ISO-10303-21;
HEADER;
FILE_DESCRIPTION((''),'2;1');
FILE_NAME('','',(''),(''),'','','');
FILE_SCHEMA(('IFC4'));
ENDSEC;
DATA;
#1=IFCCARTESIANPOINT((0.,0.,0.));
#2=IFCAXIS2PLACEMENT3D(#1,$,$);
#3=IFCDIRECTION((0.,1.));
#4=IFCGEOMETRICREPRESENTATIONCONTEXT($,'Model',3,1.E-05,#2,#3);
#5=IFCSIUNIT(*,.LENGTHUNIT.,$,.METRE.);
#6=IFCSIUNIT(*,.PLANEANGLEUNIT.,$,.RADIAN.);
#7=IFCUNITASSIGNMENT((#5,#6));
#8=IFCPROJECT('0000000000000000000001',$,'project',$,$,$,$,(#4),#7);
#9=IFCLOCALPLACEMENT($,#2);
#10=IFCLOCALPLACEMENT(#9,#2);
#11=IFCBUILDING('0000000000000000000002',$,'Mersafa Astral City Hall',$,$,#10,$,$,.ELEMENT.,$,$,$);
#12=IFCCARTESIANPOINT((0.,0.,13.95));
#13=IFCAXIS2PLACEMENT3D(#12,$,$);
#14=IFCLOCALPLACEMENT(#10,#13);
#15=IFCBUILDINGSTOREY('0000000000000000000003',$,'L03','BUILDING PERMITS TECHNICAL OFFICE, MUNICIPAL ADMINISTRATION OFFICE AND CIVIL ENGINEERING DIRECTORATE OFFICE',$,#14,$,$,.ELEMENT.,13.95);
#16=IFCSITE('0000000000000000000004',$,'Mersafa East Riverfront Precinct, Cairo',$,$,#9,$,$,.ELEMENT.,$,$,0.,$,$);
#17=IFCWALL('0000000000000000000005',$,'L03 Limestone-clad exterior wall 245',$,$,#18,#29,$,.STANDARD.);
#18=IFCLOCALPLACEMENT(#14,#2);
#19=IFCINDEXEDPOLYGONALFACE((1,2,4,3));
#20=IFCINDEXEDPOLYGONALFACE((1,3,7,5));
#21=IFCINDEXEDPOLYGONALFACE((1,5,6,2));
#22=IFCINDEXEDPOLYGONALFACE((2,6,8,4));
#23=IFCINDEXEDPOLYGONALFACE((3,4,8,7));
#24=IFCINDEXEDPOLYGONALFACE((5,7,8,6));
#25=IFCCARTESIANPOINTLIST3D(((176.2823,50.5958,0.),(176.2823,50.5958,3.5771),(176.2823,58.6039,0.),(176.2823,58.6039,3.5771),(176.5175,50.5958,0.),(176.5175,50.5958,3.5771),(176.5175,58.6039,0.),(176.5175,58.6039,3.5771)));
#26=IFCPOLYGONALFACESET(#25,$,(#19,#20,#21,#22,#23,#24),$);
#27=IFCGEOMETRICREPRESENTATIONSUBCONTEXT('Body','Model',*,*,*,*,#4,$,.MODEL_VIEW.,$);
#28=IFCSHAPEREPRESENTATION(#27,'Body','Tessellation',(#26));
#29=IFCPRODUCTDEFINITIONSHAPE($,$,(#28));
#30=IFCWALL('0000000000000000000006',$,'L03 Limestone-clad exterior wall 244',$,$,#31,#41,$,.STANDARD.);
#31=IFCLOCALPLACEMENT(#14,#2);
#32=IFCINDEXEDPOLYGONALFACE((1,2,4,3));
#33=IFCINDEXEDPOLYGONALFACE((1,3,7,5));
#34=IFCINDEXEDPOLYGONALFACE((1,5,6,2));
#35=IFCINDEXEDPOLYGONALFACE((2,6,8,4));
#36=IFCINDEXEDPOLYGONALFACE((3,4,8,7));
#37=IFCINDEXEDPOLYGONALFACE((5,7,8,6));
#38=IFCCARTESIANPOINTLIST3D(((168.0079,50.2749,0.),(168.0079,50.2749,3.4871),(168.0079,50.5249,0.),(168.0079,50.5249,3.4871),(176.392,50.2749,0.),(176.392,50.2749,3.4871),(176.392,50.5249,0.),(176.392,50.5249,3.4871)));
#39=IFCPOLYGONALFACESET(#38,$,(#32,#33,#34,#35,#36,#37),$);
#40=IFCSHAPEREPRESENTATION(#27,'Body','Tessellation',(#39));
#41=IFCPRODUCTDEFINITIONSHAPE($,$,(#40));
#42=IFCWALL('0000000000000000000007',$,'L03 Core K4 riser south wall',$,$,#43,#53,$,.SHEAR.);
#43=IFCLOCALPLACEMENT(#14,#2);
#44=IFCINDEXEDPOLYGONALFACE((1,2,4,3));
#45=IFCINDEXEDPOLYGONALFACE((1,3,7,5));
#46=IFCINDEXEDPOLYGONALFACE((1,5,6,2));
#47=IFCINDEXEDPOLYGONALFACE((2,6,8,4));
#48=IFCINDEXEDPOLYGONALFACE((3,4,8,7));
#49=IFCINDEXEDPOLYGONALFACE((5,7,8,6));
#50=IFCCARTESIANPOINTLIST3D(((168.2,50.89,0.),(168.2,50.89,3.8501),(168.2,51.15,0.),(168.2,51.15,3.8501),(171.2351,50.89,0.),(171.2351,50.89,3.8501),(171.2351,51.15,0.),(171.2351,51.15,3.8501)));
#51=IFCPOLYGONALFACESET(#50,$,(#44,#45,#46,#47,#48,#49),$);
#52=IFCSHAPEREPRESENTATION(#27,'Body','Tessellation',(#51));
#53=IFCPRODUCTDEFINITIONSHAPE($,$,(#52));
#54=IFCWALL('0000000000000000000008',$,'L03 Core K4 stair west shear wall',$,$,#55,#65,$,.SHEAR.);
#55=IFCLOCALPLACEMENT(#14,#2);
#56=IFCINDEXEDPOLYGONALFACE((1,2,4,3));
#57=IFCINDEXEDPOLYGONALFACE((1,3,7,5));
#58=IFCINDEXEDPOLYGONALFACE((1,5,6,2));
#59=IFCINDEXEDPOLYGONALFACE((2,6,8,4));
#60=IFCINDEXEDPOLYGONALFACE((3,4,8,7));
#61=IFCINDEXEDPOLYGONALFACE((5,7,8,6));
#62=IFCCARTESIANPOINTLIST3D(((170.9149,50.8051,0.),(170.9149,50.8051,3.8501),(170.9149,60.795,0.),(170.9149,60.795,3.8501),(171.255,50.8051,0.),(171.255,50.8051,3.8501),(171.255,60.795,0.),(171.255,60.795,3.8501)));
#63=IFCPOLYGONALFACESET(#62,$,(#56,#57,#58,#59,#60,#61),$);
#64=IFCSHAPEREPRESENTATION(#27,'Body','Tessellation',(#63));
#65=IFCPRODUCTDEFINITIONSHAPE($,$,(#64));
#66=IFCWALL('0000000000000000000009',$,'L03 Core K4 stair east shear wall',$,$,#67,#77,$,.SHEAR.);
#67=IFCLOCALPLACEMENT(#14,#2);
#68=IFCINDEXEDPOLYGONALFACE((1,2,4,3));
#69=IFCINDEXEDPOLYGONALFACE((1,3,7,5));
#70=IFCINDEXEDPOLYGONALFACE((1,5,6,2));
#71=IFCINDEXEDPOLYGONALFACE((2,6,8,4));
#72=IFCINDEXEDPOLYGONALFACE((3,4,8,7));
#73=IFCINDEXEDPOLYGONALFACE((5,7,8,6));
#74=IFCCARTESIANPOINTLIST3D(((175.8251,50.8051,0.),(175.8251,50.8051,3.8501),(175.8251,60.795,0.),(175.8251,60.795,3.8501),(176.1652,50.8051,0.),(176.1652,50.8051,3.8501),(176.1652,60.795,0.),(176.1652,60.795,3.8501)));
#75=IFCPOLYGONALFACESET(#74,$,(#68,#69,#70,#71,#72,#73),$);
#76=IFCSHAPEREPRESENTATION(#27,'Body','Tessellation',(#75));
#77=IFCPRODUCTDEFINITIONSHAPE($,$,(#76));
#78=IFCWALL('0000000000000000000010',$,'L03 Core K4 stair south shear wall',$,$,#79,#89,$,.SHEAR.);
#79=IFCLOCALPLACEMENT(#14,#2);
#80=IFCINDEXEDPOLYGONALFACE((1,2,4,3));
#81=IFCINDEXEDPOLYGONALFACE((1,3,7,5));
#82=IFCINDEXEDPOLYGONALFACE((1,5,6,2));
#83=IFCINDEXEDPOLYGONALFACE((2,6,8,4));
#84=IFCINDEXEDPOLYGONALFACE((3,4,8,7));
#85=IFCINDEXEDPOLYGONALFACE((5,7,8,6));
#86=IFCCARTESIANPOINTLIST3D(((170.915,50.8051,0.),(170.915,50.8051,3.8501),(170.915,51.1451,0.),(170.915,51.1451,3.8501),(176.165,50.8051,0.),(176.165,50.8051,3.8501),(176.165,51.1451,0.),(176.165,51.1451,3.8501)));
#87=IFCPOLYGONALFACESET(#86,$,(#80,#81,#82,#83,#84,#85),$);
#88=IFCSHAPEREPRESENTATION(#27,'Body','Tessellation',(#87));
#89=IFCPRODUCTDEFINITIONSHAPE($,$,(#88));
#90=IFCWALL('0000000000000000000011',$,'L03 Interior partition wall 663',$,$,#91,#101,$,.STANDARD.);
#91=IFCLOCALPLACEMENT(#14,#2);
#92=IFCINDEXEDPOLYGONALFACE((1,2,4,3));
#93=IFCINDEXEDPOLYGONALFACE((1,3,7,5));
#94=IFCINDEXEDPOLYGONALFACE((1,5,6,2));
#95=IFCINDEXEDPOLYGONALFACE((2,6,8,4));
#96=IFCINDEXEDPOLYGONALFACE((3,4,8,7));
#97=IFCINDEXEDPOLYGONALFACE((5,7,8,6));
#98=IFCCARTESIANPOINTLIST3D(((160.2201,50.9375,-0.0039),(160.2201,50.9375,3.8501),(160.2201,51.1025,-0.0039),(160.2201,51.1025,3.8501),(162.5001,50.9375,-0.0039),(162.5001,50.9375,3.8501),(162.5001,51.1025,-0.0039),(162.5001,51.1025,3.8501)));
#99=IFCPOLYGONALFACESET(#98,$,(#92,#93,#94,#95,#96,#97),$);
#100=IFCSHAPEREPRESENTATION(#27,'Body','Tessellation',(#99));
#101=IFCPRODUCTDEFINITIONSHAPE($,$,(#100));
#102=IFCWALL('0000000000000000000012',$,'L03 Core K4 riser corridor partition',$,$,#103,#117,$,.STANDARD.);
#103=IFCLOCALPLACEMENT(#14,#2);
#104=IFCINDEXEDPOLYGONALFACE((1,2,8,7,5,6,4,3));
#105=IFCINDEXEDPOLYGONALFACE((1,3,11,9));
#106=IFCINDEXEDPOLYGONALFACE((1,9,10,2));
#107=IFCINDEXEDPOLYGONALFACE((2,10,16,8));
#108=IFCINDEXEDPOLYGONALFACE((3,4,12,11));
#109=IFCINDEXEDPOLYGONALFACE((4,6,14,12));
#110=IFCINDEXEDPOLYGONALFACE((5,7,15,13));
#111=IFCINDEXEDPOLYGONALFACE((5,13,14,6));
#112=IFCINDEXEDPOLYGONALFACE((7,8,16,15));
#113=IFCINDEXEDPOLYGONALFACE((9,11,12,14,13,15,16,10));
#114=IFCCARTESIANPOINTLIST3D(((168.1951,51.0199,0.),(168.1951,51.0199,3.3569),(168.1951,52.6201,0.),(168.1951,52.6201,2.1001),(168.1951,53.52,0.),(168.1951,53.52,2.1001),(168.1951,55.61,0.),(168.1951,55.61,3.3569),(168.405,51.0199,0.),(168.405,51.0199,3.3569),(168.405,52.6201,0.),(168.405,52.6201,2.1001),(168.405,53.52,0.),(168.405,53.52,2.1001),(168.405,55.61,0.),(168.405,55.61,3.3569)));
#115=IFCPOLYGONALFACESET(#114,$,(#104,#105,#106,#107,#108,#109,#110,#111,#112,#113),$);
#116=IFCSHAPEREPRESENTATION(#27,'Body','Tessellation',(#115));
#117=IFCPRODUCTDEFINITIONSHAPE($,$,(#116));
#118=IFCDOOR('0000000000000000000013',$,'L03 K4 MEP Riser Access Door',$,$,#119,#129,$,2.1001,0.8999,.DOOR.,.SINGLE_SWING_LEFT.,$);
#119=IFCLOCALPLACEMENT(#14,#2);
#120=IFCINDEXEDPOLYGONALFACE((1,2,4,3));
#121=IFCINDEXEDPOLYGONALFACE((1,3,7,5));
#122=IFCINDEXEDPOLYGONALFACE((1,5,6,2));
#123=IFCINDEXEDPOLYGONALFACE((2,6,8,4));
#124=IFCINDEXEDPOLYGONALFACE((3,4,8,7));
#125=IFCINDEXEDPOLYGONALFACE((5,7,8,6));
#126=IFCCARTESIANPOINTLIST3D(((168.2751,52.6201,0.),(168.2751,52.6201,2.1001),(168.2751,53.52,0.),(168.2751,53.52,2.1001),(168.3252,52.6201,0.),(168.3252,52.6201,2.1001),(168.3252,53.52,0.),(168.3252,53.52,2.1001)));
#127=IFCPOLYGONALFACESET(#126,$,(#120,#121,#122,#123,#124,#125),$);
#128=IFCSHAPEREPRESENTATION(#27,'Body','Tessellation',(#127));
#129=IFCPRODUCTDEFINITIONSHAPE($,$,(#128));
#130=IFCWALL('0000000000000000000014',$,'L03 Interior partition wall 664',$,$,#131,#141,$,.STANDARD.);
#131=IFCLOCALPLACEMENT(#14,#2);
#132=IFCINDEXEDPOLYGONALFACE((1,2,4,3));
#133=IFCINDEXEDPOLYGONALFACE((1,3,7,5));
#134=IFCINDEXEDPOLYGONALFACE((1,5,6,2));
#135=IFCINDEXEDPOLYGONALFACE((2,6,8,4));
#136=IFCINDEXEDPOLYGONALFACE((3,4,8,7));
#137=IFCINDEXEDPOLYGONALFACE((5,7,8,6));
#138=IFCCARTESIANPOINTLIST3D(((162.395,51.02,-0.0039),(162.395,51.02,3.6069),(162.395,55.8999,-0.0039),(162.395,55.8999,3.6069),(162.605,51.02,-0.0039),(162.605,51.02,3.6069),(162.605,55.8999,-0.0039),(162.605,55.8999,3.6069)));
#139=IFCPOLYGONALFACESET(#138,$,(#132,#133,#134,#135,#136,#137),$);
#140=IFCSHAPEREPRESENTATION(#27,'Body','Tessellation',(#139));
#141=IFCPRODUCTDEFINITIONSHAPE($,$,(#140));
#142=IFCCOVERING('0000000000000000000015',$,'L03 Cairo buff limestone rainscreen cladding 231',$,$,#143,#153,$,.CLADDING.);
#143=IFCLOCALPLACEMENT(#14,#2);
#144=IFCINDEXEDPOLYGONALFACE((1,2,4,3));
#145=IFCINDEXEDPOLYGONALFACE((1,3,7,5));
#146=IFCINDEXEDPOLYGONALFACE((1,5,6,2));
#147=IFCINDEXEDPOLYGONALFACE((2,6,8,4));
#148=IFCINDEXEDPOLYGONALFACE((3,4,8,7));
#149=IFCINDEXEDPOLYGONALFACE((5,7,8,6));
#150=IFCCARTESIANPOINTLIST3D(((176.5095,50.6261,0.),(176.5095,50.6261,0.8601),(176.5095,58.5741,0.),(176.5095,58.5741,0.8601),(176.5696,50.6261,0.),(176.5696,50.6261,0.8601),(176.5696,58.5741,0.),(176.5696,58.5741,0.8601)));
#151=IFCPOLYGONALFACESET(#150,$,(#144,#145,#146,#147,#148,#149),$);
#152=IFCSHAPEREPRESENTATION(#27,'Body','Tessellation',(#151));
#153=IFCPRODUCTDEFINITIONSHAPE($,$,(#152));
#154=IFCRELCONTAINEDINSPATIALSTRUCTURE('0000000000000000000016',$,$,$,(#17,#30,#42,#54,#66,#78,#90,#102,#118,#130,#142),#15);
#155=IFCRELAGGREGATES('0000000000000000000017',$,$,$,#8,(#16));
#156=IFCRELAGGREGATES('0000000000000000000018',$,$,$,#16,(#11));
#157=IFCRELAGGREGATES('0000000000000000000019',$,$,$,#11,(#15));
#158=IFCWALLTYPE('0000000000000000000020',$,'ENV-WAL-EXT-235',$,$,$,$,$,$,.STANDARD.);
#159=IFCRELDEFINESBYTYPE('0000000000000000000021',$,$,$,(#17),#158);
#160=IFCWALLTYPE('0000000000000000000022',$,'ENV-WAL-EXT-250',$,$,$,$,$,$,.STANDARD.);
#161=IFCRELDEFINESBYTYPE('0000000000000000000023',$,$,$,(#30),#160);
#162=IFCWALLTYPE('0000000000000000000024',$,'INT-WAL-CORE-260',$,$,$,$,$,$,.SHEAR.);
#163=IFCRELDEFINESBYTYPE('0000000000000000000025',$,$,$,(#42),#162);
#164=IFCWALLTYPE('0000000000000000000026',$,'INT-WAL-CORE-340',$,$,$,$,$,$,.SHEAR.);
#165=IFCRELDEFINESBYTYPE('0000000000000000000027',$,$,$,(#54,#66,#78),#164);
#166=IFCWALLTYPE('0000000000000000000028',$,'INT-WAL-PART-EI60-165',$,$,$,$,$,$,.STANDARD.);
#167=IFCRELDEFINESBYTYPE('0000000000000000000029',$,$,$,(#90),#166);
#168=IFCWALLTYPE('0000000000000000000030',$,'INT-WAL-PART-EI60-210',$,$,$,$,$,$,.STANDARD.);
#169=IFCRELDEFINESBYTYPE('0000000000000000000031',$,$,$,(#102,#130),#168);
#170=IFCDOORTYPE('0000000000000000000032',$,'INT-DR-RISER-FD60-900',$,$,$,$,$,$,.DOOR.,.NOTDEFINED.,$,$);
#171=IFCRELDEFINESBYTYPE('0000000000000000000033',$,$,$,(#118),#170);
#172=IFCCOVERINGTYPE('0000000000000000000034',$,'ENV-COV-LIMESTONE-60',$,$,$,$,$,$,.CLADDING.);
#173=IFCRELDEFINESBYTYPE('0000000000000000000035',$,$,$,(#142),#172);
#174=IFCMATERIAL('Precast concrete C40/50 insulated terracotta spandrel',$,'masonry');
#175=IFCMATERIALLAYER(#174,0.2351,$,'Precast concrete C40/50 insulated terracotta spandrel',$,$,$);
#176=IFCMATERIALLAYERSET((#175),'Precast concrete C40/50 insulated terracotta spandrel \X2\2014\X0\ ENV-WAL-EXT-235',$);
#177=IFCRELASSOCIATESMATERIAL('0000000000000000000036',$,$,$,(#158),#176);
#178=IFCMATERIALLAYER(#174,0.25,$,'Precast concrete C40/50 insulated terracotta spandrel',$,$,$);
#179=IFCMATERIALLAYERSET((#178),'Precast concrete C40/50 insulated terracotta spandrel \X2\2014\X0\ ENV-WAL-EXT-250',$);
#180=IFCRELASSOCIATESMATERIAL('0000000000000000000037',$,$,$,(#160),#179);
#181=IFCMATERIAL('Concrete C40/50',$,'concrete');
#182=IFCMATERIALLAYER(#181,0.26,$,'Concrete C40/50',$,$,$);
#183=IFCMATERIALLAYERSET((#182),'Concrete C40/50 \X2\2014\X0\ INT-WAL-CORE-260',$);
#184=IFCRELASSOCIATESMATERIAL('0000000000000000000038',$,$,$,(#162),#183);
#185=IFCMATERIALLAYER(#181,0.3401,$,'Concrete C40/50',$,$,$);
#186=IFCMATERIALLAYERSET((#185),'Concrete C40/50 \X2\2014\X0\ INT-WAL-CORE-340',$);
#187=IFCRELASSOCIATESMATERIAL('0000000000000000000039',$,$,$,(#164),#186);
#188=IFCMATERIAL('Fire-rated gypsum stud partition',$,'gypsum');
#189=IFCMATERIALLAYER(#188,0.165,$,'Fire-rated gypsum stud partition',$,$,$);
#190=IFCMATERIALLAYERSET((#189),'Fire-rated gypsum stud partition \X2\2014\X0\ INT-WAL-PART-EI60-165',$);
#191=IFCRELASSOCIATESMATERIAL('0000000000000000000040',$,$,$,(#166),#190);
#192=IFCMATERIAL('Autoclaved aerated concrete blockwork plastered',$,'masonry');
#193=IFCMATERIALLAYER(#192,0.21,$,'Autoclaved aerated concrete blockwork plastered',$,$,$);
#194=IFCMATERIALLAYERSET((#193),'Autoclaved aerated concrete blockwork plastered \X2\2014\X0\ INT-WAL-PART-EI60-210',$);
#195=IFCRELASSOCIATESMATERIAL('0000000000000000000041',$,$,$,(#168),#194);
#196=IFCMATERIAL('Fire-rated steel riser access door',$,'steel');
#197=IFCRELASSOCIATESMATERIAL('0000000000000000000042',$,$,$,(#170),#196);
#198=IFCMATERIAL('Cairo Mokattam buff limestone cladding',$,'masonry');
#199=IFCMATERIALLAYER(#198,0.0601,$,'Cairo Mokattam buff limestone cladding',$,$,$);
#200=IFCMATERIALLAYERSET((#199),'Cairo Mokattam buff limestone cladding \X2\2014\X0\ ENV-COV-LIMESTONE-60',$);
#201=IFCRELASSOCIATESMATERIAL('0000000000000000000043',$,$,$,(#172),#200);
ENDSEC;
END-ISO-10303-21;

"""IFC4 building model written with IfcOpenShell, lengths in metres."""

from ifc_helpers import new_model, si_unit, direction, frame, frame_2d, origin, origin_2d, place, context, subcontext, project, spatial, rectangle, extrude, material, layer, layer_set, type_object, element, fill, save


model = new_model("IFC4")

# Units and contexts
model_context = context("Model", 3, precision=1e-05, world=origin(), true_north=direction((0.0, 1.0)))
body_context = subcontext(model_context, "Body", "Model", "MODEL_VIEW")
ifc_project = project(units=[si_unit("LENGTHUNIT", "METRE"), si_unit("PLANEANGLEUNIT", "RADIAN")], contexts=[model_context])

# Site, building, storey
site_placement = place(None, origin())
site = spatial("IfcSite", under=ifc_project, at=site_placement, Name="Mersafa East Riverfront Precinct, Cairo", CompositionType="ELEMENT", RefElevation=0.0)
building_placement = place(site_placement, origin())
building = spatial("IfcBuilding", under=site, at=building_placement, Name="Mersafa Astral City Hall", CompositionType="ELEMENT")
storey_placement = place(building_placement, frame((0.0, 0.0, 13.95)))
storey = spatial("IfcBuildingStorey", under=building, at=storey_placement, Name="L03", Description="BUILDING PERMITS TECHNICAL OFFICE, MUNICIPAL ADMINISTRATION OFFICE AND CIVIL ENGINEERING DIRECTORATE OFFICE", CompositionType="ELEMENT", Elevation=13.95)

# Walls
ifc_material_1 = material(Name="Precast concrete C40/50 insulated terracotta spandrel", Category="masonry")
ifc_layer_1 = layer(ifc_material_1, 0.2351, Name="Precast concrete C40/50 insulated terracotta spandrel")
ifc_layer_set_1 = layer_set([ifc_layer_1], Name="Precast concrete C40/50 insulated terracotta spandrel — ENV-WAL-EXT-235")
wall_type_1 = type_object("IfcWallType", Name="ENV-WAL-EXT-235", PredefinedType="STANDARD", material=ifc_layer_set_1)
wall_1_placement = place(storey_placement, frame((176.3999, 50.5959, 0.0), z_axis=(0.0, 0.0, 1.0), x_axis=(0.0, 1.0, 0.0)))
element("IfcWall", 1, at=wall_1_placement, inside=storey, type_object=wall_type_1, Name="L03 Limestone-clad exterior wall 245", PredefinedType="STANDARD", context=body_context, shape_type="SweptSolid", body=[
    extrude(rectangle(XDim=8.0081, YDim=0.2351, at=frame_2d((4.0039, 0.0))), origin(), (0.0, 0.0, 1.0), 3.5771),
])
ifc_layer_2 = layer(ifc_material_1, 0.25, Name="Precast concrete C40/50 insulated terracotta spandrel")
ifc_layer_set_2 = layer_set([ifc_layer_2], Name="Precast concrete C40/50 insulated terracotta spandrel — ENV-WAL-EXT-250")
wall_type_2 = type_object("IfcWallType", Name="ENV-WAL-EXT-250", PredefinedType="STANDARD", material=ifc_layer_set_2)
wall_2_placement = place(storey_placement, frame((168.0081, 50.3999, 0.0), z_axis=(0.0, 0.0, 1.0), x_axis=(1.0, 0.0, 0.0)))
element("IfcWall", 2, at=wall_2_placement, inside=storey, type_object=wall_type_2, Name="L03 Limestone-clad exterior wall 244", PredefinedType="STANDARD", context=body_context, shape_type="SweptSolid", body=[
    extrude(rectangle(XDim=8.384, YDim=0.25, at=frame_2d((4.1919, 0.0))), origin(), (0.0, 0.0, 1.0), 3.4871),
])
ifc_material_2 = material(Name="Concrete C40/50", Category="concrete")
ifc_layer_3 = layer(ifc_material_2, 0.26, Name="Concrete C40/50")
ifc_layer_set_3 = layer_set([ifc_layer_3], Name="Concrete C40/50 — INT-WAL-CORE-260")
wall_type_3 = type_object("IfcWallType", Name="INT-WAL-CORE-260", PredefinedType="SHEAR", material=ifc_layer_set_3)
wall_3_placement = place(storey_placement, frame((168.2, 51.02, 0.0), z_axis=(0.0, 0.0, 1.0), x_axis=(1.0, 0.0, 0.0)))
element("IfcWall", 3, at=wall_3_placement, inside=storey, type_object=wall_type_3, Name="L03 Core K4 riser south wall", PredefinedType="SHEAR", context=body_context, shape_type="SweptSolid", body=[
    extrude(rectangle(XDim=3.0352, YDim=0.26, at=frame_2d((1.5176, 0.0))), origin(), (0.0, 0.0, 1.0), 3.8501),
])
ifc_layer_4 = layer(ifc_material_2, 0.3401, Name="Concrete C40/50")
ifc_layer_set_4 = layer_set([ifc_layer_4], Name="Concrete C40/50 — INT-WAL-CORE-340")
wall_type_4 = type_object("IfcWallType", Name="INT-WAL-CORE-340", PredefinedType="SHEAR", material=ifc_layer_set_4)
for number, where, z_axis, x_axis, name in (
    (4, (171.085, 50.8049, 0.0), (0.0, 0.0, 1.0), (0.0, 1.0, 0.0), "L03 Core K4 stair west shear wall"),
    (5, (175.9951, 50.8049, 0.0), (0.0, 0.0, 1.0), (0.0, 1.0, 0.0), "L03 Core K4 stair east shear wall"),
):
    element("IfcWall", number, at=place(storey_placement, frame(where, z_axis=z_axis, x_axis=x_axis)), inside=storey, type_object=wall_type_4, Name=name, PredefinedType="SHEAR", context=body_context, shape_type="SweptSolid", body=[
        extrude(rectangle(XDim=9.99, YDim=0.3401, at=frame_2d((4.9951, 0.0))), origin(), (0.0, 0.0, 1.0), 3.8501),
    ])
wall_4_placement = place(storey_placement, frame((170.915, 50.9751, 0.0), z_axis=(0.0, 0.0, 1.0), x_axis=(1.0, 0.0, 0.0)))
element("IfcWall", 6, at=wall_4_placement, inside=storey, type_object=wall_type_4, Name="L03 Core K4 stair south shear wall", PredefinedType="SHEAR", context=body_context, shape_type="SweptSolid", body=[
    extrude(rectangle(XDim=5.25, YDim=0.3401, at=frame_2d((2.625, 0.0))), origin(), (0.0, 0.0, 1.0), 3.8501),
])
ifc_material_3 = material(Name="Fire-rated gypsum stud partition", Category="gypsum")
ifc_layer_5 = layer(ifc_material_3, 0.165, Name="Fire-rated gypsum stud partition")
ifc_layer_set_5 = layer_set([ifc_layer_5], Name="Fire-rated gypsum stud partition — INT-WAL-PART-EI60-165")
wall_type_5 = type_object("IfcWallType", Name="INT-WAL-PART-EI60-165", PredefinedType="STANDARD", material=ifc_layer_set_5)
wall_5_placement = place(storey_placement, frame((160.22, 51.02, -0.0039), z_axis=(0.0, 0.0, 1.0), x_axis=(1.0, 0.0, 0.0)))
element("IfcWall", 7, at=wall_5_placement, inside=storey, type_object=wall_type_5, Name="L03 Interior partition wall 663", PredefinedType="STANDARD", context=body_context, shape_type="SweptSolid", body=[
    extrude(rectangle(XDim=2.28, YDim=0.165, at=frame_2d((1.1401, 0.0))), origin(), (0.0, 0.0, 1.0), 3.854),
])

# Wall, opening, door
ifc_material_4 = material(Name="Autoclaved aerated concrete blockwork plastered", Category="masonry")
ifc_layer_6 = layer(ifc_material_4, 0.21, Name="Autoclaved aerated concrete blockwork plastered")
ifc_layer_set_6 = layer_set([ifc_layer_6], Name="Autoclaved aerated concrete blockwork plastered — INT-WAL-PART-EI60-210")
wall_type_6 = type_object("IfcWallType", Name="INT-WAL-PART-EI60-210", PredefinedType="STANDARD", material=ifc_layer_set_6)
wall_6_placement = place(storey_placement, frame((168.3, 51.02, 0.0), z_axis=(0.0, 0.0, 1.0), x_axis=(0.0, 1.0, 0.0)))
wall_6 = element("IfcWall", 8, at=wall_6_placement, inside=storey, type_object=wall_type_6, Name="L03 Core K4 riser corridor partition", PredefinedType="STANDARD", context=body_context, shape_type="SweptSolid", body=[
    extrude(rectangle(XDim=4.5901, YDim=0.21, at=frame_2d((2.2949, 0.0))), origin(), (0.0, 0.0, 1.0), 3.3569),
])
opening_placement = place(wall_6_placement, frame((1.6001, 0.0, 0.0)))
opening = element("IfcOpeningElement", 9, at=opening_placement, cuts=wall_6, PredefinedType="OPENING", context=body_context, shape_type="SweptSolid", body=[
    extrude(rectangle(XDim=0.8999, YDim=2.1001, at=frame_2d((0.45, 1.05))), frame((0.0, 0.115, 0.0), z_axis=(0.0, -1.0, 0.0), x_axis=(1.0, 0.0, 0.0)), (0.0, 0.0, 1.0), 0.23),
])
ifc_material_5 = material(Name="Fire-rated steel riser access door", Category="steel")
door_type = type_object("IfcDoorType", Name="INT-DR-RISER-FD60-900", OperationType="NOTDEFINED", PredefinedType="DOOR", material=ifc_material_5)
door_placement = place(opening_placement, origin())
door = element("IfcDoor", 10, at=door_placement, inside=storey, type_object=door_type, Name="L03 K4 MEP Riser Access Door", OperationType="SINGLE_SWING_LEFT", OverallHeight=2.1001, OverallWidth=0.8999, PredefinedType="DOOR", context=body_context, shape_type="SweptSolid", body=[
    extrude(rectangle(XDim=0.8999, YDim=2.1001, at=frame_2d((0.45, 1.05))), frame((0.0, 0.0249, 0.0), z_axis=(0.0, -1.0, 0.0), x_axis=(1.0, 0.0, 0.0)), (0.0, 0.0, 1.0), 0.05),
])
fill(opening, door)

# Wall
wall_7_placement = place(storey_placement, frame((162.5, 51.02, -0.0039), z_axis=(0.0, 0.0, 1.0), x_axis=(0.0, 1.0, 0.0)))
element("IfcWall", 11, at=wall_7_placement, inside=storey, type_object=wall_type_6, Name="L03 Interior partition wall 664", PredefinedType="STANDARD", context=body_context, shape_type="SweptSolid", body=[
    extrude(rectangle(XDim=4.8799, YDim=0.21, at=frame_2d((2.4399, 0.0))), origin(), (0.0, 0.0, 1.0), 3.6108),
])

# Covering
ifc_material_6 = material(Name="Cairo Mokattam buff limestone cladding", Category="masonry")
ifc_layer_7 = layer(ifc_material_6, 0.0601, Name="Cairo Mokattam buff limestone cladding")
ifc_layer_set_7 = layer_set([ifc_layer_7], Name="Cairo Mokattam buff limestone cladding — ENV-COV-LIMESTONE-60")
covering_type = type_object("IfcCoveringType", Name="ENV-COV-LIMESTONE-60", PredefinedType="CLADDING", material=ifc_layer_set_7)
covering_placement = place(storey_placement, frame((176.5396, 54.6001, 0.0), z_axis=(0.0, 0.0, 1.0), x_axis=(0.0, 1.0, 0.0)))
element("IfcCovering", 12, at=covering_placement, inside=storey, type_object=covering_type, Name="L03 Cairo buff limestone rainscreen cladding 231", PredefinedType="CLADDING", context=body_context, shape_type="SweptSolid", body=[
    extrude(rectangle(XDim=7.948, YDim=0.0601, at=origin_2d()), origin(), (0.0, 0.0, 1.0), 0.8601),
])

save(model, "model.ifc")
